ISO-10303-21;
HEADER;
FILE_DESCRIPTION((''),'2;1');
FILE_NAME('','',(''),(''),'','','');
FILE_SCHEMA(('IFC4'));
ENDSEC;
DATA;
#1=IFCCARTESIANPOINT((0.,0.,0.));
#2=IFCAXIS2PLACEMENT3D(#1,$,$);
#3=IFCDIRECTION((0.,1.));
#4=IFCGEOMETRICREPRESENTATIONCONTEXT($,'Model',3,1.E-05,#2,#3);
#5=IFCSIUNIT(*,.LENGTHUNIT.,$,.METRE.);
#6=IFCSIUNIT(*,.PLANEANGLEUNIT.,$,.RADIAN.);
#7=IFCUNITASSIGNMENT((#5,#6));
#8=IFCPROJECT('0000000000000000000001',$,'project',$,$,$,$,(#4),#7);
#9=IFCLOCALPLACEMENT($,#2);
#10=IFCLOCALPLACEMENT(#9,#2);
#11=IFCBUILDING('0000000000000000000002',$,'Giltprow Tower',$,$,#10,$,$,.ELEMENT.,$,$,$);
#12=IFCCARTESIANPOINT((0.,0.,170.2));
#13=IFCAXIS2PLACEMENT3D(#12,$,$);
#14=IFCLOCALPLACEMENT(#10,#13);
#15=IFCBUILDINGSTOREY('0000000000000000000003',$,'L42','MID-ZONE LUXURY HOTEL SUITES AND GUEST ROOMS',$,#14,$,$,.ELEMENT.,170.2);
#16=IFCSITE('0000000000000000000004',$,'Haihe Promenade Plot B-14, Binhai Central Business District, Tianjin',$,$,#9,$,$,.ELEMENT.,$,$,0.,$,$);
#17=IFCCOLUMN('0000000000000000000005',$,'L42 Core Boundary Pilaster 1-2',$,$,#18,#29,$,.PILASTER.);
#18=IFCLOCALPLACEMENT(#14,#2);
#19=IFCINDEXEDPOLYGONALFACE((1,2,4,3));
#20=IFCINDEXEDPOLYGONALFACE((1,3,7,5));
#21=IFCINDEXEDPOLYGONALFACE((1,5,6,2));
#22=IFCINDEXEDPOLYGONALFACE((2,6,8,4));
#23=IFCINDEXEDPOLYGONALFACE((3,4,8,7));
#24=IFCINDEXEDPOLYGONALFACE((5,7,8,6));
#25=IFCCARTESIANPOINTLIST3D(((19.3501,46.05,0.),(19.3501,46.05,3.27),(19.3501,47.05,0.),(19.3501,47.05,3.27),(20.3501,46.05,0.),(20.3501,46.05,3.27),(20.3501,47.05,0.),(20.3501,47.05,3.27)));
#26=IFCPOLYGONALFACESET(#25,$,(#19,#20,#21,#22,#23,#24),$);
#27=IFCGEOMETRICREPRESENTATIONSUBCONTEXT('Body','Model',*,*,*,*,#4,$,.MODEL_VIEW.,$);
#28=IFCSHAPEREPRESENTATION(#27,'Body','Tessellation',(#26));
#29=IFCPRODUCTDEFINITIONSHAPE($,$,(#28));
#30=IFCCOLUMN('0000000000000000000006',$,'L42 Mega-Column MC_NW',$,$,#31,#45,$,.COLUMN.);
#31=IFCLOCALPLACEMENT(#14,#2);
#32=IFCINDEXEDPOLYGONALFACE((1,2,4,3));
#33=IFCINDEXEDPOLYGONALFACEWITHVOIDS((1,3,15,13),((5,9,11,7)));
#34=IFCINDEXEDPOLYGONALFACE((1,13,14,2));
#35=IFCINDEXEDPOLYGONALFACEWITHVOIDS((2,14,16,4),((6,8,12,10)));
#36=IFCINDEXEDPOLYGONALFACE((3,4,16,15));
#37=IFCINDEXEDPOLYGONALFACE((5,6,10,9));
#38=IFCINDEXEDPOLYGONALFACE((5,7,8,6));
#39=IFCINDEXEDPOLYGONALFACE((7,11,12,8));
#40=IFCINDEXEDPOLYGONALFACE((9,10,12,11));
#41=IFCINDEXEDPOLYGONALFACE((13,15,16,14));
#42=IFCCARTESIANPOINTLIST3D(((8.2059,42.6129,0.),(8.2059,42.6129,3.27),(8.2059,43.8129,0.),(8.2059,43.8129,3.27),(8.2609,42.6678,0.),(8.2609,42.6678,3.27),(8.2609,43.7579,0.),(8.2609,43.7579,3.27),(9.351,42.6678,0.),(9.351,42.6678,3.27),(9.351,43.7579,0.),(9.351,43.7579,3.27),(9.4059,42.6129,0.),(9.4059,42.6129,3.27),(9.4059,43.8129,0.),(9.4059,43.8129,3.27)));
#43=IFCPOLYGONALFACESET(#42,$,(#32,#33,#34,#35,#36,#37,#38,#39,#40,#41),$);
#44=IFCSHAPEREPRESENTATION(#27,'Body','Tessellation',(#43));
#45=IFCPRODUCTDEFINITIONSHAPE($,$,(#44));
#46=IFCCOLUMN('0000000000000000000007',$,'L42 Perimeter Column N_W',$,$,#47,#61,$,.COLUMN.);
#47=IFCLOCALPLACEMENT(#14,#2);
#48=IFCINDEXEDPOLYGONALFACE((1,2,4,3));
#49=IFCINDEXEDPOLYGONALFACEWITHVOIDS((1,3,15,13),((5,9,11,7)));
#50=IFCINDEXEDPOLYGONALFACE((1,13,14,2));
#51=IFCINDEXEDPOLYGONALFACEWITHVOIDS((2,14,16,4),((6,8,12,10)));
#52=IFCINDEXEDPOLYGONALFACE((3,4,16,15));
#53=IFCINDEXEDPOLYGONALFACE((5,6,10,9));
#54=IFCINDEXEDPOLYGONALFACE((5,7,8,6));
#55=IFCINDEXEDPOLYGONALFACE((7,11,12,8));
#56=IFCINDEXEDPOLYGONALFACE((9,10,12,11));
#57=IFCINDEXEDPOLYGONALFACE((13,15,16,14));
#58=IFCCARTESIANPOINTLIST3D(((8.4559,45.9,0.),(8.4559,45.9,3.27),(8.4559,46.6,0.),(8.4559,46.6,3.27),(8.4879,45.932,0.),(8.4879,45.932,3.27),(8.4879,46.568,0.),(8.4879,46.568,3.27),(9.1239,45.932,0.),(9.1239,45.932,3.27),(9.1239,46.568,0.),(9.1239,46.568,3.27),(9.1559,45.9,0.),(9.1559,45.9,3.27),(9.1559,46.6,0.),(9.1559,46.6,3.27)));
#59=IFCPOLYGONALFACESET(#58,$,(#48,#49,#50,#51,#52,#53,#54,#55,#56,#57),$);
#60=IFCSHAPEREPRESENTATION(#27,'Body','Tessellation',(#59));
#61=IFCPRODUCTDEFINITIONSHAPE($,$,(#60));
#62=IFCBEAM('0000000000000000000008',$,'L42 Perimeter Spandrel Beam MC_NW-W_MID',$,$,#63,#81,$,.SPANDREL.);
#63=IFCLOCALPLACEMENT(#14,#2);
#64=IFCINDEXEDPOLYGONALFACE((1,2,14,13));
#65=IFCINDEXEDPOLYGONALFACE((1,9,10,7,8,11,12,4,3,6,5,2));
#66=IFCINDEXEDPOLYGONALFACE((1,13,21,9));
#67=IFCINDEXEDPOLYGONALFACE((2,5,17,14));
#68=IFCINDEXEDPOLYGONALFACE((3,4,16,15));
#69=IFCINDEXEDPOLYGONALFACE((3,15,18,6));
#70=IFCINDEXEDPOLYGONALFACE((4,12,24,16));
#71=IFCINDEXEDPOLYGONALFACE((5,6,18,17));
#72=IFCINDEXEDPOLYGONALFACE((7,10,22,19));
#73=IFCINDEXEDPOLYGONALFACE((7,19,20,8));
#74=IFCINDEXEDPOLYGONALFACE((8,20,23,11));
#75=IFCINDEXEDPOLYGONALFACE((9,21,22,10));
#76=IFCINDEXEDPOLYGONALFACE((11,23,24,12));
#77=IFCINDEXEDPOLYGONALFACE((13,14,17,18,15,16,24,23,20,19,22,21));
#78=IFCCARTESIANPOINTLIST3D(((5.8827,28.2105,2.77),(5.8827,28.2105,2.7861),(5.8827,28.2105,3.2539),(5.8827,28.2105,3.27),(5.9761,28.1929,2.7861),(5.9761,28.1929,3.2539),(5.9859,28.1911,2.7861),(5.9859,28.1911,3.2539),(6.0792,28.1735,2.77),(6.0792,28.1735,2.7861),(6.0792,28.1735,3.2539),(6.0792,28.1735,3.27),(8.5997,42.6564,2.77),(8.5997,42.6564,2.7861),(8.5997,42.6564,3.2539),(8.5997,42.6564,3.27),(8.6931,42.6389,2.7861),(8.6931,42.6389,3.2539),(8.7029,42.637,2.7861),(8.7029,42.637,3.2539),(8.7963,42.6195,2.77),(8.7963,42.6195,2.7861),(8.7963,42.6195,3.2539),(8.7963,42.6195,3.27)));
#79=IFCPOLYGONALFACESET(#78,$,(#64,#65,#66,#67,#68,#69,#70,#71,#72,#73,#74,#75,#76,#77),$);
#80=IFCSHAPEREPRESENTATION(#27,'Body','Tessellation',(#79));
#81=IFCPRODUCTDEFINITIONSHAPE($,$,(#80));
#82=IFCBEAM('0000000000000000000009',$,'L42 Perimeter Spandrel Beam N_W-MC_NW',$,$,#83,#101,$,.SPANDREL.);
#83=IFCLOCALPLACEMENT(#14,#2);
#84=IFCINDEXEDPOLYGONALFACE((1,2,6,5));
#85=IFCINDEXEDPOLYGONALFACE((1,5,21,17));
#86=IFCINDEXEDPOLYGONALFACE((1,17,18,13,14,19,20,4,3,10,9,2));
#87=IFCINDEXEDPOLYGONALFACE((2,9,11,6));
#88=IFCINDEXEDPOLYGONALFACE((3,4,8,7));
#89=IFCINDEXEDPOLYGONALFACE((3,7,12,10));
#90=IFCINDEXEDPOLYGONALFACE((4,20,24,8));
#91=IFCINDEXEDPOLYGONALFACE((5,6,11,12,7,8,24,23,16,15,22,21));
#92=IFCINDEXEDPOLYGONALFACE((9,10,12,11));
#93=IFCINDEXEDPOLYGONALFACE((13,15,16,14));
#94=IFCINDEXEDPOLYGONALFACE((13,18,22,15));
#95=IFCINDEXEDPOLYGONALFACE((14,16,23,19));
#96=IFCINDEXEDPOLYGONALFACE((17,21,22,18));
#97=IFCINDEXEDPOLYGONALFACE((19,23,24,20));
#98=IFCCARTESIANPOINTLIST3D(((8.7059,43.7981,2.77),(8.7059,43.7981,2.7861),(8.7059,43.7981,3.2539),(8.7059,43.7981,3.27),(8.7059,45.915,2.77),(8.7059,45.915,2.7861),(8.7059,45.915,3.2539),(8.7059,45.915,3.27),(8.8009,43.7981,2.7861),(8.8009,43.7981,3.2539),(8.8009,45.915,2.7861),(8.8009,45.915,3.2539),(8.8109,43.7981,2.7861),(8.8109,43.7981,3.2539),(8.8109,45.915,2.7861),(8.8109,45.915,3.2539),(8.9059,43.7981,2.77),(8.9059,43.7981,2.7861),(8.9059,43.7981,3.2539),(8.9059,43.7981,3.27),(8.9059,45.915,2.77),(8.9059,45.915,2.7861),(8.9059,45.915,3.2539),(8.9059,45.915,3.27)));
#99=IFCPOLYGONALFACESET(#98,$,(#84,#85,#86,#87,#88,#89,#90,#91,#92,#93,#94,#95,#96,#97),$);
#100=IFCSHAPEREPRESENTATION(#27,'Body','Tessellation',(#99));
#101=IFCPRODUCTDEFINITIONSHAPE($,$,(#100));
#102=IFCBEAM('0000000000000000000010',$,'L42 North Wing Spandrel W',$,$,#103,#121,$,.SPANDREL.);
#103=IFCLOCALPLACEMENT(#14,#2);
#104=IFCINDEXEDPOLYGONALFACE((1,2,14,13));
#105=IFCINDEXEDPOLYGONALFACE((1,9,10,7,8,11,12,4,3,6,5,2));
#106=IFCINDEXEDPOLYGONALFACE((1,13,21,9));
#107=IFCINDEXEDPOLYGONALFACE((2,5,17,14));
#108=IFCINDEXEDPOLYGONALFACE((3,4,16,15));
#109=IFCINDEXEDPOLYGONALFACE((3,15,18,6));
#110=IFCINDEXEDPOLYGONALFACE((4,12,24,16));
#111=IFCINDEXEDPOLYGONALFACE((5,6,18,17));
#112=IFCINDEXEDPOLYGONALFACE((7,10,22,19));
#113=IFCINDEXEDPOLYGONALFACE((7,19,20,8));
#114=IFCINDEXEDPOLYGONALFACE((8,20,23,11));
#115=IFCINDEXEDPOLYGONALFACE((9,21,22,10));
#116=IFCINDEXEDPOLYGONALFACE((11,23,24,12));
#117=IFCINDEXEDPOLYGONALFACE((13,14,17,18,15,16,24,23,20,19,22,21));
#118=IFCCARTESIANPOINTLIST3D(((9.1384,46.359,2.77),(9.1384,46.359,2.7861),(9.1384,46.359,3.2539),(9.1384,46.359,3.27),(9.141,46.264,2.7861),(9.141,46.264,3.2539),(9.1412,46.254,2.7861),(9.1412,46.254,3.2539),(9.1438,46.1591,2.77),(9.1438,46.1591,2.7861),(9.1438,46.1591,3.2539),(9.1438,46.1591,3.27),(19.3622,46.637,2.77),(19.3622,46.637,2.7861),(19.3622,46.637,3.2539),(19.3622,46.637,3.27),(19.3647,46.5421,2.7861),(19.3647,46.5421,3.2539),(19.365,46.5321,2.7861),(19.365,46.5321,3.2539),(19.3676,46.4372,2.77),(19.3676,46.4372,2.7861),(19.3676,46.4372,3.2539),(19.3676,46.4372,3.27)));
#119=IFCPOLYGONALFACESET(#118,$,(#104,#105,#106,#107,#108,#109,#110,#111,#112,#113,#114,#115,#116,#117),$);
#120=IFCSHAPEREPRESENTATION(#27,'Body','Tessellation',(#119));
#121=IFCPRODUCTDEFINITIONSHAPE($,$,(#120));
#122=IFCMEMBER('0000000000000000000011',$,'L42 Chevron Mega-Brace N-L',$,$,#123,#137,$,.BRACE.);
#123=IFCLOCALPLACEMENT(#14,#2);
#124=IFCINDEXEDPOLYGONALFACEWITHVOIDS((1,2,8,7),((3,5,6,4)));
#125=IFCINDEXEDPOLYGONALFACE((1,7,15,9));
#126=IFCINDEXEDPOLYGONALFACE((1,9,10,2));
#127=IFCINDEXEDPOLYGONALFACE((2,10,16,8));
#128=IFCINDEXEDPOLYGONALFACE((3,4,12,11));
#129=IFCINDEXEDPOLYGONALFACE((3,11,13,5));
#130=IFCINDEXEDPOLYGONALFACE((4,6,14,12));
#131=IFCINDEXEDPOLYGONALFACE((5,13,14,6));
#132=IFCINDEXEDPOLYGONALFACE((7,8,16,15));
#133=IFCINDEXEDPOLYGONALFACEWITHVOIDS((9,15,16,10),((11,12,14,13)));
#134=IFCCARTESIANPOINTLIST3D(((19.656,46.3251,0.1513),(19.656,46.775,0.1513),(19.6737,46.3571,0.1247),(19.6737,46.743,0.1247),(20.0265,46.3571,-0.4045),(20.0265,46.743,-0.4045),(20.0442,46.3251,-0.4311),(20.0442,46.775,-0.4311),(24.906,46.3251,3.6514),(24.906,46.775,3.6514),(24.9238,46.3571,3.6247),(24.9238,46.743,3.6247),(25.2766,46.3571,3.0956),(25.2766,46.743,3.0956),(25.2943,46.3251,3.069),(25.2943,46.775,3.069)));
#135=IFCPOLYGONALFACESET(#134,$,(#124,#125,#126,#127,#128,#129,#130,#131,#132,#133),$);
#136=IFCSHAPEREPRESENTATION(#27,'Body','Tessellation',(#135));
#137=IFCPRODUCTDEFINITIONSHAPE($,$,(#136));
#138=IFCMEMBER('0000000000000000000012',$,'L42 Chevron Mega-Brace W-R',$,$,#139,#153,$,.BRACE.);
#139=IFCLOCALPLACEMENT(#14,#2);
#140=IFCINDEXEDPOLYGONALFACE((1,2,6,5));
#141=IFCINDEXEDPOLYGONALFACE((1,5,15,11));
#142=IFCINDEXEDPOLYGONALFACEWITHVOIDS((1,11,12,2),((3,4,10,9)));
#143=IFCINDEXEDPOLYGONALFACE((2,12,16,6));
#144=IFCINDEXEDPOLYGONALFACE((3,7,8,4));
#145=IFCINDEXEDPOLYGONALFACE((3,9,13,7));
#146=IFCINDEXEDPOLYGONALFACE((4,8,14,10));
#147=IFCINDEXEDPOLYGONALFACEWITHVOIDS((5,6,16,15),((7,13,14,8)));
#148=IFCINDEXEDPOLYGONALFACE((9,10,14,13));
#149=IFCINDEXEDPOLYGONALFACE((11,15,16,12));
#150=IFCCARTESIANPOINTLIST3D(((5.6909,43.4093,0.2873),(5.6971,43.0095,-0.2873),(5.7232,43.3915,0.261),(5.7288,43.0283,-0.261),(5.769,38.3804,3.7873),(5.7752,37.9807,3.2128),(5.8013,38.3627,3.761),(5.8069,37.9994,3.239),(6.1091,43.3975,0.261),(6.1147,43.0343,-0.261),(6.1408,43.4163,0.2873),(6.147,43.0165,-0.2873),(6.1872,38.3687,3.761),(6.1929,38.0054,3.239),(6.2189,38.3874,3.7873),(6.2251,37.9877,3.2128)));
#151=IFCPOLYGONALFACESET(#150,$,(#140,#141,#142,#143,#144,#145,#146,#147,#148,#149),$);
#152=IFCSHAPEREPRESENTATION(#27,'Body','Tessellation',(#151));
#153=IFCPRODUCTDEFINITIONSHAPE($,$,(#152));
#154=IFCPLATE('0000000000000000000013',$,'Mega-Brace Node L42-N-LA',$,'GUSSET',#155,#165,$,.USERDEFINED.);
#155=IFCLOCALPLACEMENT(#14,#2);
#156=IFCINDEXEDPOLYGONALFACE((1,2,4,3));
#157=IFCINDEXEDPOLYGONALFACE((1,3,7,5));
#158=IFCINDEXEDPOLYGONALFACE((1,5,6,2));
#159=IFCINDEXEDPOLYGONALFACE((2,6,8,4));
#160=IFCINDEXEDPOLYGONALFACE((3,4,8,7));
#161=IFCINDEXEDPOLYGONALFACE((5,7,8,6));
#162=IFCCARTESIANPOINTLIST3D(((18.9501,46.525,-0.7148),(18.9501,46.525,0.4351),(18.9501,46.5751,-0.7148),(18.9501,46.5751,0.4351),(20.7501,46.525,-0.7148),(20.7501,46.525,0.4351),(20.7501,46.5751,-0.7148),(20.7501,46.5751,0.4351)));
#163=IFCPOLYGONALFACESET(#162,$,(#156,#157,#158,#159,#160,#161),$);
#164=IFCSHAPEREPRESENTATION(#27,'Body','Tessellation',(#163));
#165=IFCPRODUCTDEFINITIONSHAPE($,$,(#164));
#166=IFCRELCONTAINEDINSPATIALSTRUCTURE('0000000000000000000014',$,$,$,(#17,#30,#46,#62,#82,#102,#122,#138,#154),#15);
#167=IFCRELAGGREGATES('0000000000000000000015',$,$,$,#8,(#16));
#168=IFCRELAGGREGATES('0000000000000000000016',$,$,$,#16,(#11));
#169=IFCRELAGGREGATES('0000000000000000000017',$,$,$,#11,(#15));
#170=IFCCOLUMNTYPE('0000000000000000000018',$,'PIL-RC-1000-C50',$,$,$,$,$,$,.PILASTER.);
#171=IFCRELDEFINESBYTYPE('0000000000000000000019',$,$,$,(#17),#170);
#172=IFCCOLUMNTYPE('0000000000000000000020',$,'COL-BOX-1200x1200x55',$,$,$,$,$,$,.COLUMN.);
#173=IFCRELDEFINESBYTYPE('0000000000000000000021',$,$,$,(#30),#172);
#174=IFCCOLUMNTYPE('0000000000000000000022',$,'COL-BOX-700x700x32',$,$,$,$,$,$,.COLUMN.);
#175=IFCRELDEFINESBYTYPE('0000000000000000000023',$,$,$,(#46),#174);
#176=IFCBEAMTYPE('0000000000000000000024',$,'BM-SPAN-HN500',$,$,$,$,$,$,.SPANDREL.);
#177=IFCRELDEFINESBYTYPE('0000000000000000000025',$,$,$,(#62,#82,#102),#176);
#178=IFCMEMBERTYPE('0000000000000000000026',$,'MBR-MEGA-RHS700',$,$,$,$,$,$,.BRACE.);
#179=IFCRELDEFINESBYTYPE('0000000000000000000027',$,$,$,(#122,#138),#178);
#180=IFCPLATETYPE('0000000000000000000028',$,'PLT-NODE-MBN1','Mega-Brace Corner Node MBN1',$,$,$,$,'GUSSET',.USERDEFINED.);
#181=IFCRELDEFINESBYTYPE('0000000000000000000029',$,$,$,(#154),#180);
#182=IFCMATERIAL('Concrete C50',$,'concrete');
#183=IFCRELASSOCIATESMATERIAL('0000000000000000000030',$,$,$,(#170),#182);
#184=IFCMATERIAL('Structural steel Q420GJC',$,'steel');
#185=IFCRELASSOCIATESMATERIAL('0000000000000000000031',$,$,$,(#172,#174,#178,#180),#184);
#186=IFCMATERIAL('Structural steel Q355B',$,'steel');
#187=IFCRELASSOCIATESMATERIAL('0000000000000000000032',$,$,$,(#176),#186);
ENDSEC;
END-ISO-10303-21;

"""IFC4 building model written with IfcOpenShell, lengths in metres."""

from ifc_helpers import new_model, si_unit, direction, frame, origin, origin_2d, place, context, subcontext, project, spatial, rectangle, hollow_rectangle, i_section, extrude, source, transform, mapped, material, material_profile, profile_set, type_object, element, save


model = new_model("IFC4")

# Units and contexts
model_context = context("Model", 3, precision=1e-05, world=origin(), true_north=direction((0.0, 1.0)))
body_context = subcontext(model_context, "Body", "Model", "MODEL_VIEW")
ifc_project = project(units=[si_unit("LENGTHUNIT", "METRE"), si_unit("PLANEANGLEUNIT", "RADIAN")], contexts=[model_context])

# Site, building, storey
site_placement = place(None, origin())
site = spatial("IfcSite", under=ifc_project, at=site_placement, Name="Haihe Promenade Plot B-14, Binhai Central Business District, Tianjin", CompositionType="ELEMENT", RefElevation=0.0)
building_placement = place(site_placement, origin())
building = spatial("IfcBuilding", under=site, at=building_placement, Name="Giltprow Tower", CompositionType="ELEMENT")
storey_placement = place(building_placement, frame((0.0, 0.0, 170.2)))
storey = spatial("IfcBuildingStorey", under=building, at=storey_placement, Name="L42", Description="MID-ZONE LUXURY HOTEL SUITES AND GUEST ROOMS", CompositionType="ELEMENT", Elevation=170.2)

# Columns
ifc_material_1 = material(Name="Concrete C50", Category="concrete")
ifc_material_profile_1 = material_profile(ifc_material_1, rectangle(XDim=1.0, YDim=1.0, at=origin_2d()), Name="RC 1000x1000")
ifc_profile_set_1 = profile_set([ifc_material_profile_1], Name="Concrete C50")
column_type_1 = type_object("IfcColumnType", Name="PIL-RC-1000-C50", PredefinedType="PILASTER", material=ifc_profile_set_1)
shared_shape_1 = source(origin(), body_context, "Body", "SweptSolid", [
    extrude(rectangle(XDim=1.0, YDim=1.0, at=origin_2d()), origin(), (0.0, 0.0, 1.0), 3.27),
])
column_1_placement = place(storey_placement, frame((19.8501, 46.55, 0.0), z_axis=(0.0, 0.0, 1.0), x_axis=(1.0, 0.0, 0.0)))
element("IfcColumn", 1, at=column_1_placement, inside=storey, type_object=column_type_1, Name="L42 Core Boundary Pilaster 1-2", PredefinedType="PILASTER", context=body_context, shape_type="MappedRepresentation", body=[
    mapped(shared_shape_1, transform((0.0, 0.0, 0.0), x_axis=(1.0, 0.0, 0.0), y_axis=(0.0, 1.0, 0.0), z_axis=(0.0, 0.0, 1.0), scale=1.0)),
])
ifc_material_2 = material(Name="Structural steel Q420GJC", Category="steel")
ifc_material_profile_2 = material_profile(ifc_material_2, hollow_rectangle(XDim=1.2, YDim=1.2, WallThickness=0.0549, at=origin_2d()), Name="BOX 1200x1200x55")
ifc_profile_set_2 = profile_set([ifc_material_profile_2], Name="Structural steel Q420GJC")
column_type_2 = type_object("IfcColumnType", Name="COL-BOX-1200x1200x55", PredefinedType="COLUMN", material=ifc_profile_set_2)
shared_shape_2 = source(origin(), body_context, "Body", "SweptSolid", [
    extrude(hollow_rectangle(XDim=1.2, YDim=1.2, WallThickness=0.0549, at=origin_2d()), origin(), (0.0, 0.0, 1.0), 3.27),
])
column_2_placement = place(storey_placement, frame((8.8059, 43.2129, 0.0), z_axis=(0.0, 0.0, 1.0), x_axis=(1.0, 0.0, 0.0)))
element("IfcColumn", 2, at=column_2_placement, inside=storey, type_object=column_type_2, Name="L42 Mega-Column MC_NW", PredefinedType="COLUMN", context=body_context, shape_type="MappedRepresentation", body=[
    mapped(shared_shape_2, transform((0.0, 0.0, 0.0), x_axis=(1.0, 0.0, 0.0), y_axis=(0.0, 1.0, 0.0), z_axis=(0.0, 0.0, 1.0), scale=1.0)),
])
ifc_material_profile_3 = material_profile(ifc_material_2, hollow_rectangle(XDim=0.7, YDim=0.7, WallThickness=0.032, at=origin_2d()), Name="BOX 700x700x32")
ifc_profile_set_3 = profile_set([ifc_material_profile_3], Name="Structural steel Q420GJC")
column_type_3 = type_object("IfcColumnType", Name="COL-BOX-700x700x32", PredefinedType="COLUMN", material=ifc_profile_set_3)
shared_shape_3 = source(origin(), body_context, "Body", "SweptSolid", [
    extrude(hollow_rectangle(XDim=0.7, YDim=0.7, WallThickness=0.032, at=origin_2d()), origin(), (0.0, 0.0, 1.0), 3.27),
])
column_3_placement = place(storey_placement, frame((8.8059, 46.25, 0.0), z_axis=(0.0, 0.0, 1.0), x_axis=(1.0, 0.0, 0.0)))
element("IfcColumn", 3, at=column_3_placement, inside=storey, type_object=column_type_3, Name="L42 Perimeter Column N_W", PredefinedType="COLUMN", context=body_context, shape_type="MappedRepresentation", body=[
    mapped(shared_shape_3, transform((0.0, 0.0, 0.0), x_axis=(1.0, 0.0, 0.0), y_axis=(0.0, 1.0, 0.0), z_axis=(0.0, 0.0, 1.0), scale=1.0)),
])

# Beams
ifc_material_3 = material(Name="Structural steel Q355B", Category="steel")
ifc_material_profile_4 = material_profile(ifc_material_3, i_section(OverallWidth=0.2, OverallDepth=0.5, WebThickness=0.01, FlangeThickness=0.0161, at=origin_2d()), Name="HN 500x200x10x16")
ifc_profile_set_4 = profile_set([ifc_material_profile_4], Name="Structural steel Q355B")
beam_type = type_object("IfcBeamType", Name="BM-SPAN-HN500", PredefinedType="SPANDREL", material=ifc_profile_set_4)
shared_shape_4 = source(origin(), body_context, "Body", "SweptSolid", [
    extrude(i_section(OverallWidth=0.2, OverallDepth=0.5, WebThickness=0.01, FlangeThickness=0.0161, at=origin_2d()), origin(), (0.0, 0.0, 1.0), 14.6992),
])
beam_1_placement = place(storey_placement, frame((8.698, 42.6379, 3.02), z_axis=(-0.184841, -0.982768, 0.0), x_axis=(0.982768, -0.184841, 0.0)))
element("IfcBeam", 4, at=beam_1_placement, inside=storey, type_object=beam_type, Name="L42 Perimeter Spandrel Beam MC_NW-W_MID", PredefinedType="SPANDREL", context=body_context, shape_type="MappedRepresentation", body=[
    mapped(shared_shape_4, transform((0.0, 0.0, 0.0), x_axis=(1.0, 0.0, 0.0), y_axis=(0.0, 1.0, 0.0), z_axis=(0.0, 0.0, 1.0), scale=1.0)),
])
shared_shape_5 = source(origin(), body_context, "Body", "SweptSolid", [
    extrude(i_section(OverallWidth=0.2, OverallDepth=0.5, WebThickness=0.01, FlangeThickness=0.0161, at=origin_2d()), origin(), (0.0, 0.0, 1.0), 2.1169),
])
beam_2_placement = place(storey_placement, frame((8.8059, 45.915, 3.02), z_axis=(0.0, -1.0, 0.0), x_axis=(1.0, 0.0, 0.0)))
element("IfcBeam", 5, at=beam_2_placement, inside=storey, type_object=beam_type, Name="L42 Perimeter Spandrel Beam N_W-MC_NW", PredefinedType="SPANDREL", context=body_context, shape_type="MappedRepresentation", body=[
    mapped(shared_shape_5, transform((0.0, 0.0, 0.0), x_axis=(1.0, 0.0, 0.0), y_axis=(0.0, 1.0, 0.0), z_axis=(0.0, 0.0, 1.0), scale=1.0)),
])
shared_shape_6 = source(origin(), body_context, "Body", "SweptSolid", [
    extrude(i_section(OverallWidth=0.2, OverallDepth=0.5, WebThickness=0.01, FlangeThickness=0.0161, at=origin_2d()), origin(), (0.0, 0.0, 1.0), 10.2275),
])
beam_3_placement = place(storey_placement, frame((9.1411, 46.259, 3.02), z_axis=(0.99963, 0.027189, 0.0), x_axis=(-0.027189, 0.99963, 0.0)))
element("IfcBeam", 6, at=beam_3_placement, inside=storey, type_object=beam_type, Name="L42 North Wing Spandrel W", PredefinedType="SPANDREL", context=body_context, shape_type="MappedRepresentation", body=[
    mapped(shared_shape_6, transform((0.0, 0.0, 0.0), x_axis=(1.0, 0.0, 0.0), y_axis=(0.0, 1.0, 0.0), z_axis=(0.0, 0.0, 1.0), scale=1.0)),
])

# Members
ifc_material_profile_5 = material_profile(ifc_material_2, hollow_rectangle(XDim=0.45, YDim=0.7, WallThickness=0.032, at=origin_2d()), Name="RHS 700x450x32")
ifc_profile_set_5 = profile_set([ifc_material_profile_5], Name="Structural steel Q420GJC")
member_type = type_object("IfcMemberType", Name="MBR-MEGA-RHS700", PredefinedType="BRACE", material=ifc_profile_set_5)
shared_shape_7 = source(origin(), body_context, "Body", "SweptSolid", [
    extrude(hollow_rectangle(XDim=0.45, YDim=0.7, WallThickness=0.032, at=origin_2d()), origin(), (0.0, 0.0, 1.0), 6.3098),
])
member_1_placement = place(storey_placement, frame((19.8501, 46.55, -0.1399), z_axis=(0.83205, 0.0, 0.5547), x_axis=(0.0, 1.0, 0.0)))
element("IfcMember", 7, at=member_1_placement, inside=storey, type_object=member_type, Name="L42 Chevron Mega-Brace N-L", PredefinedType="BRACE", context=body_context, shape_type="MappedRepresentation", body=[
    mapped(shared_shape_7, transform((0.0, 0.0, 0.0), x_axis=(1.0, 0.0, 0.0), y_axis=(0.0, 1.0, 0.0), z_axis=(0.0, 0.0, 1.0), scale=1.0)),
])
shared_shape_8 = source(origin(), body_context, "Body", "SweptSolid", [
    extrude(hollow_rectangle(XDim=0.45, YDim=0.7, WallThickness=0.032, at=origin_2d()), origin(), (0.0, 0.0, 1.0), 6.1274),
])
member_2_placement = place(storey_placement, frame((5.9189, 43.2129, 0.0), z_axis=(0.01275, -0.820709, 0.571205), x_axis=(0.999879, 0.015534, 0.0)))
element("IfcMember", 8, at=member_2_placement, inside=storey, type_object=member_type, Name="L42 Chevron Mega-Brace W-R", PredefinedType="BRACE", context=body_context, shape_type="MappedRepresentation", body=[
    mapped(shared_shape_8, transform((0.0, 0.0, 0.0), x_axis=(1.0, 0.0, 0.0), y_axis=(0.0, 1.0, 0.0), z_axis=(0.0, 0.0, 1.0), scale=1.0)),
])

# Plate
plate_type = type_object("IfcPlateType", Name="PLT-NODE-MBN1", Description="Mega-Brace Corner Node MBN1", ElementType="GUSSET", PredefinedType="USERDEFINED", material=ifc_material_2)
shared_shape_9 = source(origin(), body_context, "Body", "SweptSolid", [
    extrude(rectangle(XDim=1.8, YDim=0.05, at=origin_2d()), origin(), (0.0, 0.0, 1.0), 1.1499),
])
for number, where, z_axis, x_axis, name in (
    (9, (19.8501, 46.55, -0.7148), (0.0, 0.0, 1.0), (1.0, 0.0, 0.0), "Mega-Brace Node L42-N-LA"),
):
    element("IfcPlate", number, at=place(storey_placement, frame(where, z_axis=z_axis, x_axis=x_axis)), inside=storey, type_object=plate_type, Name=name, ObjectType="GUSSET", PredefinedType="USERDEFINED", context=body_context, shape_type="MappedRepresentation", body=[
        mapped(shared_shape_9, transform((0.0, 0.0, 0.0), x_axis=(1.0, 0.0, 0.0), y_axis=(0.0, 1.0, 0.0), z_axis=(0.0, 0.0, 1.0), scale=1.0)),
    ])

save(model, "model.ifc")
